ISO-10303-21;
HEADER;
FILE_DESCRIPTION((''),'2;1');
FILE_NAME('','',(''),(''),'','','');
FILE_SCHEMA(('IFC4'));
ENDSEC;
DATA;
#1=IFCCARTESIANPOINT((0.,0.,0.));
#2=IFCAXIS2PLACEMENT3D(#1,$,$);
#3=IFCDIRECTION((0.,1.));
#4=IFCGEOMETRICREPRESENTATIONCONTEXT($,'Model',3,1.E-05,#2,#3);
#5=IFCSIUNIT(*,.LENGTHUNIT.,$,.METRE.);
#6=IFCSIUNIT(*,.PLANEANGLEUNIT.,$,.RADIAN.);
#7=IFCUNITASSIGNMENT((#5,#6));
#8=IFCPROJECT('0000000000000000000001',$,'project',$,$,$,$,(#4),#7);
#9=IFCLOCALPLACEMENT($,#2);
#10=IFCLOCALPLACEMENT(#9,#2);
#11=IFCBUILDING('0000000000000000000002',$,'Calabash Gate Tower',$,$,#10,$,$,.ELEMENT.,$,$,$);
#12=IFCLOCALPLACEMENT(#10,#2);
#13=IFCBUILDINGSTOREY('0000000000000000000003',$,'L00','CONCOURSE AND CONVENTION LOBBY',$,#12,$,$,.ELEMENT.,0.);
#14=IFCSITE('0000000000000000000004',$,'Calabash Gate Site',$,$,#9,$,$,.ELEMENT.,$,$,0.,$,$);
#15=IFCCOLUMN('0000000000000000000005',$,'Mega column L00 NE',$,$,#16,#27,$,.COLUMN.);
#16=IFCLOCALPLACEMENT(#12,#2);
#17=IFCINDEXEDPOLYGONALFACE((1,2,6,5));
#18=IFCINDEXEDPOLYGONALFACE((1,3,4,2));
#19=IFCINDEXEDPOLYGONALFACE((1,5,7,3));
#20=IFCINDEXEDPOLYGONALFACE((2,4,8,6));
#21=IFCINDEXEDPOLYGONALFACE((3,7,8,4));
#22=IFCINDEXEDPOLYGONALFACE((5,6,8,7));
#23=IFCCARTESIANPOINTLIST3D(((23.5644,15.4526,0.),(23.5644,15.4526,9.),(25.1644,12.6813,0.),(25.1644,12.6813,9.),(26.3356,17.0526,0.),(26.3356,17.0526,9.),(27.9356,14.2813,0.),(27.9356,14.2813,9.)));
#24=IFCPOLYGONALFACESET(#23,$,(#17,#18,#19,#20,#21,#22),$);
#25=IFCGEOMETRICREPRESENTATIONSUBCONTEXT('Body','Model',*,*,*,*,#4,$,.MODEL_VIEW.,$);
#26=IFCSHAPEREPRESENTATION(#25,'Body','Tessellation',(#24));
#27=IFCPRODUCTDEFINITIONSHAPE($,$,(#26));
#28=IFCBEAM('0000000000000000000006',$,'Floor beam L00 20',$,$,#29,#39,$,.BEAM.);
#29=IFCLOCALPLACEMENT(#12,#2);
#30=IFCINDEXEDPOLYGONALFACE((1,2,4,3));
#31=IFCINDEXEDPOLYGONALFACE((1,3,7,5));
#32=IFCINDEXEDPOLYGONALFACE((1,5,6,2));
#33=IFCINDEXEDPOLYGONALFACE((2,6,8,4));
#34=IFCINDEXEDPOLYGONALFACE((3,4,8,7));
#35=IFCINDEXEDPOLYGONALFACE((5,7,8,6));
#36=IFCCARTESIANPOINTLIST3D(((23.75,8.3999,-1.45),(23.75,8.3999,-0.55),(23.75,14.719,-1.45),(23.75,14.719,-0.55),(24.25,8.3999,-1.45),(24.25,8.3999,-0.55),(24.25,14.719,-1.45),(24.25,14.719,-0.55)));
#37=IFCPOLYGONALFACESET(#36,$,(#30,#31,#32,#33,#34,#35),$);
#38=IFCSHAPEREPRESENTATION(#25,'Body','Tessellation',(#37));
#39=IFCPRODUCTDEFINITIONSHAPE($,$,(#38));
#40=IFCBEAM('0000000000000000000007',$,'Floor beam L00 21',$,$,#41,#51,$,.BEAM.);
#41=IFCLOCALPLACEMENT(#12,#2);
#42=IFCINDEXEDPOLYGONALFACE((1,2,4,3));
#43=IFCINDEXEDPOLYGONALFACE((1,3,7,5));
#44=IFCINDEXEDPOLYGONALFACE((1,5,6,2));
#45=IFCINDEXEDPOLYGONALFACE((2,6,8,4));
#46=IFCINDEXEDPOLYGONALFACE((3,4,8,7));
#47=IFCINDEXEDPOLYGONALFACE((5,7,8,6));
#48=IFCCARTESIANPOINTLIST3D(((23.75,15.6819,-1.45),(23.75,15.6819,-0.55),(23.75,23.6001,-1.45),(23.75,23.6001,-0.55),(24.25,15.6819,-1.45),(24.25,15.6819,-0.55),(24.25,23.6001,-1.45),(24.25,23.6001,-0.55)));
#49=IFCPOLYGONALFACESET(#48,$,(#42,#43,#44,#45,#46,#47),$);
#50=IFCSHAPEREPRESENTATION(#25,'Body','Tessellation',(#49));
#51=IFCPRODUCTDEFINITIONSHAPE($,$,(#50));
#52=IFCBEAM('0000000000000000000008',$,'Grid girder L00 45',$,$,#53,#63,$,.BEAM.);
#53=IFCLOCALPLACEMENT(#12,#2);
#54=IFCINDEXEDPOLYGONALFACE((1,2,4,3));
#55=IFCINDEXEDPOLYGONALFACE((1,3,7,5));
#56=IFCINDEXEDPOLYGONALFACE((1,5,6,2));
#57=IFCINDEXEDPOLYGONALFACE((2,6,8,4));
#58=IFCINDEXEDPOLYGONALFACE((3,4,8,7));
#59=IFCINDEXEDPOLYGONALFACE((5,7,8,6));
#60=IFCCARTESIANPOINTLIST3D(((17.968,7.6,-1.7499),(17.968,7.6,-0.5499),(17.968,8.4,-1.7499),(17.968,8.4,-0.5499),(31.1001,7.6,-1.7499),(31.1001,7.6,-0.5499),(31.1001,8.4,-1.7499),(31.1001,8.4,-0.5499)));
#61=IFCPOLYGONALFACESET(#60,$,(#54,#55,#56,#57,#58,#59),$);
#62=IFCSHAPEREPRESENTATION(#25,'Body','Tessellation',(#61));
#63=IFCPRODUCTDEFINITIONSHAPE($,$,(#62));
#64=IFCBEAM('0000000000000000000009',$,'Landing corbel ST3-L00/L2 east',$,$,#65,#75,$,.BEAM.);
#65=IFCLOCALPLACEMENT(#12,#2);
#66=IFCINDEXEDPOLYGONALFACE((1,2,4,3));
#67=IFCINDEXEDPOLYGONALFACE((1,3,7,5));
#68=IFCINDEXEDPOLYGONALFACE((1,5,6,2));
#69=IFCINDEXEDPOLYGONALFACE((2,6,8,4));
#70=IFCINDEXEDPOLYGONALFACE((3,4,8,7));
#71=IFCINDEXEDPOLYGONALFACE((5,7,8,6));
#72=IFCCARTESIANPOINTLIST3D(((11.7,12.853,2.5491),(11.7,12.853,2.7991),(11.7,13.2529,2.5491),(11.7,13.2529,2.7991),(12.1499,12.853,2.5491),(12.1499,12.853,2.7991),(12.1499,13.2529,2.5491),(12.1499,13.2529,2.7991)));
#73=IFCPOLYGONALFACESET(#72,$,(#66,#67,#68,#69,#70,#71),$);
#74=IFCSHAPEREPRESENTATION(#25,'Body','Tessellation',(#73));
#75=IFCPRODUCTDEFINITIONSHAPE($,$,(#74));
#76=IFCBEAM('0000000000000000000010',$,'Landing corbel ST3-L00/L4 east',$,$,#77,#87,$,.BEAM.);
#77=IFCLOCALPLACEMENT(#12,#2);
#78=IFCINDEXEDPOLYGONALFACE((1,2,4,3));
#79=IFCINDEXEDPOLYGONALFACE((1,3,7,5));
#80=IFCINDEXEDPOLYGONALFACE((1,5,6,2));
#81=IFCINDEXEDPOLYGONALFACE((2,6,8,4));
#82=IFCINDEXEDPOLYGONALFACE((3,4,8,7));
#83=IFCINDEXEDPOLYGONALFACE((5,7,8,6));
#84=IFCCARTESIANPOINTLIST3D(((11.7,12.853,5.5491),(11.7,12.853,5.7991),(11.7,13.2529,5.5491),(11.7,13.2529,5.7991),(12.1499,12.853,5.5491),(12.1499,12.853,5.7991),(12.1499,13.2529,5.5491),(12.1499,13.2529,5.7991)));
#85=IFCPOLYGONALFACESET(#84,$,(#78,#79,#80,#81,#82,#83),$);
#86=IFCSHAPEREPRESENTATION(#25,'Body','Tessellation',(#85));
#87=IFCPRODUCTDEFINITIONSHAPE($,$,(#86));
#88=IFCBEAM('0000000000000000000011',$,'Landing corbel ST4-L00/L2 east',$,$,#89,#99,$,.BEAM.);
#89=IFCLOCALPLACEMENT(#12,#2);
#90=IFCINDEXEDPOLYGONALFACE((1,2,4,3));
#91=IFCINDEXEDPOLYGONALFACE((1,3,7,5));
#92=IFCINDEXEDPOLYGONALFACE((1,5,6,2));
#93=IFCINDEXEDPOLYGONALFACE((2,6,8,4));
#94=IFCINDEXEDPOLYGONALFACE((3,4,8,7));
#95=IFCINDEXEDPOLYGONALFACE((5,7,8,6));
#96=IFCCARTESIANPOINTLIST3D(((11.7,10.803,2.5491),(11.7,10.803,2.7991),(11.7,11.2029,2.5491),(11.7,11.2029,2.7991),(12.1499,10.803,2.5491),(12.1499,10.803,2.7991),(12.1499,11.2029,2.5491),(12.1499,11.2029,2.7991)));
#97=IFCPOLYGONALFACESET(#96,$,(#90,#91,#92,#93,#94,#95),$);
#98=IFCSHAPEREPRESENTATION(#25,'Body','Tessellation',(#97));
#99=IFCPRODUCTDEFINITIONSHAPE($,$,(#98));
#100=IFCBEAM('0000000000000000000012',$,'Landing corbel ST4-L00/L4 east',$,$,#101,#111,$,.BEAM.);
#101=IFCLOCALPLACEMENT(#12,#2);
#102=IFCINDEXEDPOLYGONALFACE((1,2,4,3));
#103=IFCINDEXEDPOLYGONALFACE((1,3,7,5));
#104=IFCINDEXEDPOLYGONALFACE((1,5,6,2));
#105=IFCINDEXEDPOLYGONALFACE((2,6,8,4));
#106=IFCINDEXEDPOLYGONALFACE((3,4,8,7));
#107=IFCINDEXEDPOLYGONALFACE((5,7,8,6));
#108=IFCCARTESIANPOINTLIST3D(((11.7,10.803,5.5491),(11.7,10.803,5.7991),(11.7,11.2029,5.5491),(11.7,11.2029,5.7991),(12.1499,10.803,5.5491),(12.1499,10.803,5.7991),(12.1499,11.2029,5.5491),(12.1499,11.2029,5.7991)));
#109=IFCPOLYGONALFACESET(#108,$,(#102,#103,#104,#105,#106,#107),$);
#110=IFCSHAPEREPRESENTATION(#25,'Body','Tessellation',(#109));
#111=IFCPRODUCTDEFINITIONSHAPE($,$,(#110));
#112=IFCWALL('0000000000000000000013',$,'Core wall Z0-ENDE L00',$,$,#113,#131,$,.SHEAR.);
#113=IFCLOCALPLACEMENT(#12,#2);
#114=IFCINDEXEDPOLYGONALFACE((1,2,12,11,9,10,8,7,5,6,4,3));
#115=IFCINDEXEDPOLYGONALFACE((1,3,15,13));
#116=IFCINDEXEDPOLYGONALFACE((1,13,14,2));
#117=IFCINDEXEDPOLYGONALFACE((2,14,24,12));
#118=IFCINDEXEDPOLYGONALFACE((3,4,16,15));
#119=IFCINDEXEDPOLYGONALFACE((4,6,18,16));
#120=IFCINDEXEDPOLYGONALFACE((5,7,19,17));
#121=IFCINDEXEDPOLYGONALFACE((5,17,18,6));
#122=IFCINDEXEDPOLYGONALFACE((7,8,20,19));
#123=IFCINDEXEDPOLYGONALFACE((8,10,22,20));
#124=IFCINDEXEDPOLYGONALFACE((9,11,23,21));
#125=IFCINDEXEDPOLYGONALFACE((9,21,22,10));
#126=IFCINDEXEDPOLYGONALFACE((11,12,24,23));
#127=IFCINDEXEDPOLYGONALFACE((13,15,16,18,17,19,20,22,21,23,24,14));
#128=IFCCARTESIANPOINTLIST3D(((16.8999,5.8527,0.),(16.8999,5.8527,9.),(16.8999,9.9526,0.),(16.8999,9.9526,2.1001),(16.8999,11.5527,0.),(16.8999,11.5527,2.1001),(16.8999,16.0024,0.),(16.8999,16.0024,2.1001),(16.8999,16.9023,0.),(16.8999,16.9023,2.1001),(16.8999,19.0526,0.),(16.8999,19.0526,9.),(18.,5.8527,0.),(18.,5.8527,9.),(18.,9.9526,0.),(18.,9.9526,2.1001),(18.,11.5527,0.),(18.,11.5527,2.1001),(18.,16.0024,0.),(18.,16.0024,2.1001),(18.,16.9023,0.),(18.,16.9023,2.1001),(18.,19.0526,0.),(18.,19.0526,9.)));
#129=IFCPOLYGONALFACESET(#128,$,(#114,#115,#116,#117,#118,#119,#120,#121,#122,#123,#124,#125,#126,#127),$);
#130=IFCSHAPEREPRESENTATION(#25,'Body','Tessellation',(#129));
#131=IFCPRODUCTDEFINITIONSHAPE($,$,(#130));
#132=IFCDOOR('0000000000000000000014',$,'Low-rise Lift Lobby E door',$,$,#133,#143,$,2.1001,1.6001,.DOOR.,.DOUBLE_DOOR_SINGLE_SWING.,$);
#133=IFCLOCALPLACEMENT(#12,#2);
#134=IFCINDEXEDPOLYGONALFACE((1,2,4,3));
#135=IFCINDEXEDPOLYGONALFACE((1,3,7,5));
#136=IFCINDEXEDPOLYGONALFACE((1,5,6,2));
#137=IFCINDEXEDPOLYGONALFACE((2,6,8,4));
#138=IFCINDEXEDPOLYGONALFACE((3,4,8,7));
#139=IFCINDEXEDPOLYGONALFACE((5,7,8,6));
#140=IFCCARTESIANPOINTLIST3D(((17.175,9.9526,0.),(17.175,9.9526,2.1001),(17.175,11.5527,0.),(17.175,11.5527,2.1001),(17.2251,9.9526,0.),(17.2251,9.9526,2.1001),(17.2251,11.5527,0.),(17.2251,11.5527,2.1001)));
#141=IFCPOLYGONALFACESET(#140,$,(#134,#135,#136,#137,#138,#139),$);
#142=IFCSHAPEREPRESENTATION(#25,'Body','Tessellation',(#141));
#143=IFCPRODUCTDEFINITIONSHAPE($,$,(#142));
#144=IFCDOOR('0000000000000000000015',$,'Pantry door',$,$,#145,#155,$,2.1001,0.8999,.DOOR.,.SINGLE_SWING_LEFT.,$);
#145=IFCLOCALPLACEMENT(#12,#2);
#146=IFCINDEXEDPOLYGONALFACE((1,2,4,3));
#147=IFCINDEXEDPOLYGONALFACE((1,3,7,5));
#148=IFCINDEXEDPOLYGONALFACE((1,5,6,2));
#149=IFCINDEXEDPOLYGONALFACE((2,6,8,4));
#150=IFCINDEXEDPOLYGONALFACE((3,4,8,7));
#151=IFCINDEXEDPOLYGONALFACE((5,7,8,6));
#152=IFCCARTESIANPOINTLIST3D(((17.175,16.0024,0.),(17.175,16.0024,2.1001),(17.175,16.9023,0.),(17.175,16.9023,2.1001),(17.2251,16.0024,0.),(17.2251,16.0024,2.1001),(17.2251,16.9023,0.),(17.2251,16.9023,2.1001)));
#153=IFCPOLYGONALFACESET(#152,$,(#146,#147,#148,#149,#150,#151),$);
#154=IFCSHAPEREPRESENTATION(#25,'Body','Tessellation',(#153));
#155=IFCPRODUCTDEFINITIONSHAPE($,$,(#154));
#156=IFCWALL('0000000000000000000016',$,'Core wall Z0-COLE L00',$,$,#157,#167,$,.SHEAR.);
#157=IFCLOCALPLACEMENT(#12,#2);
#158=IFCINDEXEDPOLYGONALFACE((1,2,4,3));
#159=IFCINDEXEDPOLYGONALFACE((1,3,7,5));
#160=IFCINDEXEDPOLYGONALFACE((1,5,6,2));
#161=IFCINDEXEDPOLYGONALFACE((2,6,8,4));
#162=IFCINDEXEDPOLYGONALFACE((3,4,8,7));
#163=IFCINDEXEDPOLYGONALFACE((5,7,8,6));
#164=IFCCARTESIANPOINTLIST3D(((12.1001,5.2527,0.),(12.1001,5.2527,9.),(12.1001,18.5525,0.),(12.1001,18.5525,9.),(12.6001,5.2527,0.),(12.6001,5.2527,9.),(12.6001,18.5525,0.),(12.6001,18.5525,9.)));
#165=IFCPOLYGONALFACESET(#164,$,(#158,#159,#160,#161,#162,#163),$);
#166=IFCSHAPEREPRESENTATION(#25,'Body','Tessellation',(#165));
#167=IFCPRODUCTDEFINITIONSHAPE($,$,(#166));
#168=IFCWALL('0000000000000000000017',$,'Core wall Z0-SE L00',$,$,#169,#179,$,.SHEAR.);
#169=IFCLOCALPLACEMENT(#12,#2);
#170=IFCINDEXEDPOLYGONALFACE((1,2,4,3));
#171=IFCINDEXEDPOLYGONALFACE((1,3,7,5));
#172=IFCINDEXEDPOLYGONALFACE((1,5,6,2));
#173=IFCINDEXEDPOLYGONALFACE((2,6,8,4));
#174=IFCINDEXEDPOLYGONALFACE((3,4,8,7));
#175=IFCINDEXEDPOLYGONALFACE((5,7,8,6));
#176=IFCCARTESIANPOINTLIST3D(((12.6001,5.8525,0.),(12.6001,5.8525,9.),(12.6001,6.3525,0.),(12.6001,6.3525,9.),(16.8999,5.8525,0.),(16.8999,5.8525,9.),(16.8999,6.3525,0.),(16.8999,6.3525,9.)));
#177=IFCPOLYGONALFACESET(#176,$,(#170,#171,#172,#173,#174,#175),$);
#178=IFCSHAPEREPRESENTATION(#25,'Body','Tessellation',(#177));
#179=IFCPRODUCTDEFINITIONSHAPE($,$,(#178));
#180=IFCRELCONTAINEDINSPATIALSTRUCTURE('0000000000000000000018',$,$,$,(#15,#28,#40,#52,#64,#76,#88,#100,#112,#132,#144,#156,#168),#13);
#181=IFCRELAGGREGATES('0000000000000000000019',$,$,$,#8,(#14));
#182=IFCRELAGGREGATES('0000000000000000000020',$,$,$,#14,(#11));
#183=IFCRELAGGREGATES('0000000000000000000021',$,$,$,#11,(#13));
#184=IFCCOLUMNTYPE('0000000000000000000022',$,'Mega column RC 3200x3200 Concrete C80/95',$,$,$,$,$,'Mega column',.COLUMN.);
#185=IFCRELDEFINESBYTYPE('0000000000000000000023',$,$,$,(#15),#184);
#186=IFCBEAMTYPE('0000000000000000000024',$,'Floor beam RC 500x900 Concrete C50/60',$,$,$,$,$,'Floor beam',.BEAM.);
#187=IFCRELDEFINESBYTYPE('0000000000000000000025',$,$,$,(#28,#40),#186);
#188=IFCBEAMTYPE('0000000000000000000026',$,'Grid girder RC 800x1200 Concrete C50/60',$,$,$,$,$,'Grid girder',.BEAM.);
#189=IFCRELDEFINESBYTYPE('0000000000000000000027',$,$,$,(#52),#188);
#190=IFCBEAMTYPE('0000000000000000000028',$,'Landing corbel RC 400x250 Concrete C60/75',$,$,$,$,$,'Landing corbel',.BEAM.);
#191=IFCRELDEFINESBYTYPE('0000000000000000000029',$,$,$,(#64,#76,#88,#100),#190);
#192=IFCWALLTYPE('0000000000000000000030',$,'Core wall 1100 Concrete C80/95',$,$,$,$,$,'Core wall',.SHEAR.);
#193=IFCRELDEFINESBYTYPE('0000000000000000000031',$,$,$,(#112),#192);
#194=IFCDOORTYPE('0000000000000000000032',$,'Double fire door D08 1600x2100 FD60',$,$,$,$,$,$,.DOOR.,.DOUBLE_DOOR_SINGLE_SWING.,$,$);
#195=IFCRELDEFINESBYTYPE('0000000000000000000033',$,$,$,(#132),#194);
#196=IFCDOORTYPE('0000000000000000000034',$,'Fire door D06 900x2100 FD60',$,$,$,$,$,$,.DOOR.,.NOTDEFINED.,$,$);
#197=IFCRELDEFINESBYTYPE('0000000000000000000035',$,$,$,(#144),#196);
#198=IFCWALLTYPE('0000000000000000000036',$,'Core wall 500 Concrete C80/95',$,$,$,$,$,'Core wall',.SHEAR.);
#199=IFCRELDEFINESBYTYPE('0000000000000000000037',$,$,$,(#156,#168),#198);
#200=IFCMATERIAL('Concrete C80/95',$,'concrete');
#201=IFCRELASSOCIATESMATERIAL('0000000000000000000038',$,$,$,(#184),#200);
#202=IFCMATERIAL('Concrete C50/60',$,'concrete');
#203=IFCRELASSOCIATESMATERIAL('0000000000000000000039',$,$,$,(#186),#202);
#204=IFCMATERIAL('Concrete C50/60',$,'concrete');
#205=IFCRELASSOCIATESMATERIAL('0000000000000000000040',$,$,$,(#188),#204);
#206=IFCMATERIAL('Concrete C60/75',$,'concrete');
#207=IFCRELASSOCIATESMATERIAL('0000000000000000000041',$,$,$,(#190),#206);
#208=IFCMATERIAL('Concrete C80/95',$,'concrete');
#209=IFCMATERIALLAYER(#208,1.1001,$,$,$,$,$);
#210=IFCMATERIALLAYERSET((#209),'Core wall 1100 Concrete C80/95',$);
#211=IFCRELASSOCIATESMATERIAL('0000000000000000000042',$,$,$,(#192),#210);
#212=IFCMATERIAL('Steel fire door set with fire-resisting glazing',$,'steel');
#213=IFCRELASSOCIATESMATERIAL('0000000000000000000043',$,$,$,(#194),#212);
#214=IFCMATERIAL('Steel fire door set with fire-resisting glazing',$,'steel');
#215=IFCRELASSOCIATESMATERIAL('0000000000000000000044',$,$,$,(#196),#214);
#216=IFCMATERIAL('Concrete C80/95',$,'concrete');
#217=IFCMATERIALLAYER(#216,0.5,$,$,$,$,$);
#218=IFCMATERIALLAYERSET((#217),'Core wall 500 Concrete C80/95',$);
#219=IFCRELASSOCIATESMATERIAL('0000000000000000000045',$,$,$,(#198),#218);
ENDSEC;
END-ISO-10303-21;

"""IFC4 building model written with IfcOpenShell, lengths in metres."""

from ifc_helpers import new_model, si_unit, direction, frame, frame_2d, origin, origin_2d, place, context, subcontext, project, spatial, rectangle, extrude, material, layer, layer_set, material_profile, profile_set, type_object, element, fill, save


model = new_model("IFC4")

# Units and contexts
model_context = context("Model", 3, precision=1e-05, world=origin(), true_north=direction((0.0, 1.0)))
body_context = subcontext(model_context, "Body", "Model", "MODEL_VIEW")
ifc_project = project(units=[si_unit("LENGTHUNIT", "METRE"), si_unit("PLANEANGLEUNIT", "RADIAN")], contexts=[model_context])

# Site, building, storey
site_placement = place(None, origin())
site = spatial("IfcSite", under=ifc_project, at=site_placement, Name="Calabash Gate Site", CompositionType="ELEMENT", RefElevation=0.0)
building_placement = place(site_placement, origin())
building = spatial("IfcBuilding", under=site, at=building_placement, Name="Calabash Gate Tower", CompositionType="ELEMENT")
storey_placement = place(building_placement, origin())
storey = spatial("IfcBuildingStorey", under=building, at=storey_placement, Name="L00", Description="CONCOURSE AND CONVENTION LOBBY", CompositionType="ELEMENT", Elevation=0.0)

# Column
ifc_material_1 = material(Name="Concrete C80/95", Category="concrete")
ifc_material_profile_1 = material_profile(ifc_material_1, rectangle(XDim=3.2, YDim=3.2, at=origin_2d()))
ifc_profile_set_1 = profile_set([ifc_material_profile_1], Name="Concrete C80/95")
column_type = type_object("IfcColumnType", Name="Mega column RC 3200x3200 Concrete C80/95", ElementType="Mega column", PredefinedType="COLUMN", material=ifc_profile_set_1)
column_placement = place(storey_placement, frame((25.75, 14.8669, 0.0), z_axis=(0.0, 0.0, 1.0), x_axis=(-0.866025, -0.5, 0.0)))
element("IfcColumn", 1, at=column_placement, inside=storey, type_object=column_type, Name="Mega column L00 NE", PredefinedType="COLUMN", context=body_context, shape_type="SweptSolid", body=[
    extrude(rectangle(XDim=3.2, YDim=3.2, at=origin_2d()), origin(), (0.0, 0.0, 1.0), 9.0),
])

# Beams
ifc_material_2 = material(Name="Concrete C50/60", Category="concrete")
ifc_material_profile_2 = material_profile(ifc_material_2, rectangle(XDim=0.5, YDim=0.8999, at=origin_2d()))
ifc_profile_set_2 = profile_set([ifc_material_profile_2], Name="Concrete C50/60")
beam_type_1 = type_object("IfcBeamType", Name="Floor beam RC 500x900 Concrete C50/60", ElementType="Floor beam", PredefinedType="BEAM", material=ifc_profile_set_2)
beam_1_placement = place(storey_placement, frame((24.0, 8.3999, -1.0), z_axis=(0.0, 1.0, 0.0), x_axis=(-1.0, 0.0, 0.0)))
element("IfcBeam", 2, at=beam_1_placement, inside=storey, type_object=beam_type_1, Name="Floor beam L00 20", PredefinedType="BEAM", context=body_context, shape_type="SweptSolid", body=[
    extrude(rectangle(XDim=0.5, YDim=0.8999, at=origin_2d()), origin(), (0.0, 0.0, 1.0), 6.3191),
])
beam_2_placement = place(storey_placement, frame((24.0, 15.6819, -1.0), z_axis=(0.0, 1.0, 0.0), x_axis=(-1.0, 0.0, 0.0)))
element("IfcBeam", 3, at=beam_2_placement, inside=storey, type_object=beam_type_1, Name="Floor beam L00 21", PredefinedType="BEAM", context=body_context, shape_type="SweptSolid", body=[
    extrude(rectangle(XDim=0.5, YDim=0.8999, at=origin_2d()), origin(), (0.0, 0.0, 1.0), 7.9182),
])
ifc_material_3 = material(Name="Concrete C50/60", Category="concrete")
ifc_material_profile_3 = material_profile(ifc_material_3, rectangle(XDim=0.8, YDim=1.2, at=origin_2d()))
ifc_profile_set_3 = profile_set([ifc_material_profile_3], Name="Concrete C50/60")
beam_type_2 = type_object("IfcBeamType", Name="Grid girder RC 800x1200 Concrete C50/60", ElementType="Grid girder", PredefinedType="BEAM", material=ifc_profile_set_3)
beam_3_placement = place(storey_placement, frame((17.968, 8.0, -1.1499), z_axis=(1.0, 0.0, 0.0), x_axis=(0.0, 1.0, 0.0)))
element("IfcBeam", 4, at=beam_3_placement, inside=storey, type_object=beam_type_2, Name="Grid girder L00 45", PredefinedType="BEAM", context=body_context, shape_type="SweptSolid", body=[
    extrude(rectangle(XDim=0.8, YDim=1.2, at=origin_2d()), origin(), (0.0, 0.0, 1.0), 13.1321),
])
ifc_material_4 = material(Name="Concrete C60/75", Category="concrete")
ifc_material_profile_4 = material_profile(ifc_material_4, rectangle(XDim=0.3999, YDim=0.25, at=origin_2d()))
ifc_profile_set_4 = profile_set([ifc_material_profile_4], Name="Concrete C60/75")
beam_type_3 = type_object("IfcBeamType", Name="Landing corbel RC 400x250 Concrete C60/75", ElementType="Landing corbel", PredefinedType="BEAM", material=ifc_profile_set_4)
for number, where, z_axis, x_axis, name in (
    (5, (12.1499, 13.053, 2.6741), (-1.0, 0.0, 0.0), (0.0, -1.0, 0.0), "Landing corbel ST3-L00/L2 east"),
    (6, (12.1499, 13.053, 5.6741), (-1.0, 0.0, 0.0), (0.0, -1.0, 0.0), "Landing corbel ST3-L00/L4 east"),
    (7, (12.1499, 11.0029, 2.6741), (-1.0, 0.0, 0.0), (0.0, -1.0, 0.0), "Landing corbel ST4-L00/L2 east"),
    (8, (12.1499, 11.0029, 5.6741), (-1.0, 0.0, 0.0), (0.0, -1.0, 0.0), "Landing corbel ST4-L00/L4 east"),
):
    element("IfcBeam", number, at=place(storey_placement, frame(where, z_axis=z_axis, x_axis=x_axis)), inside=storey, type_object=beam_type_3, Name=name, PredefinedType="BEAM", context=body_context, shape_type="SweptSolid", body=[
        extrude(rectangle(XDim=0.3999, YDim=0.25, at=origin_2d()), origin(), (0.0, 0.0, 1.0), 0.45),
    ])

# Wall, openings, doors
ifc_material_5 = material(Name="Concrete C80/95", Category="concrete")
ifc_layer_1 = layer(ifc_material_5, 1.1001)
ifc_layer_set_1 = layer_set([ifc_layer_1], Name="Core wall 1100 Concrete C80/95")
wall_type_1 = type_object("IfcWallType", Name="Core wall 1100 Concrete C80/95", ElementType="Core wall", PredefinedType="SHEAR", material=ifc_layer_set_1)
wall_1_placement = place(storey_placement, frame((17.45, 5.8525, 0.0), z_axis=(0.0, 0.0, 1.0), x_axis=(0.0, 1.0, 0.0)))
wall_1 = element("IfcWall", 9, at=wall_1_placement, inside=storey, type_object=wall_type_1, Name="Core wall Z0-ENDE L00", PredefinedType="SHEAR", context=body_context, shape_type="SweptSolid", body=[
    extrude(rectangle(XDim=13.2, YDim=1.1001, at=frame_2d((6.6001, 0.0))), origin(), (0.0, 0.0, 1.0), 9.0),
])
opening_1_placement = place(wall_1_placement, frame((4.1001, 0.0, 0.0)))
opening_1 = element("IfcOpeningElement", 10, at=opening_1_placement, cuts=wall_1, PredefinedType="OPENING", context=body_context, shape_type="SweptSolid", body=[
    extrude(rectangle(XDim=1.6001, YDim=2.1001, at=frame_2d((0.8, 1.05))), frame((0.0, 0.5601, 0.0), z_axis=(0.0, -1.0, 0.0), x_axis=(1.0, 0.0, 0.0)), (0.0, 0.0, 1.0), 1.1201),
])
opening_2_placement = place(wall_1_placement, frame((10.1499, 0.0, 0.0)))
opening_2 = element("IfcOpeningElement", 11, at=opening_2_placement, cuts=wall_1, PredefinedType="OPENING", context=body_context, shape_type="SweptSolid", body=[
    extrude(rectangle(XDim=0.8999, YDim=2.1001, at=frame_2d((0.45, 1.05))), frame((0.0, 0.5601, 0.0), z_axis=(0.0, -1.0, 0.0), x_axis=(1.0, 0.0, 0.0)), (0.0, 0.0, 1.0), 1.1201),
])
ifc_material_6 = material(Name="Steel fire door set with fire-resisting glazing", Category="steel")
door_type_1 = type_object("IfcDoorType", Name="Double fire door D08 1600x2100 FD60", OperationType="DOUBLE_DOOR_SINGLE_SWING", PredefinedType="DOOR", material=ifc_material_6)
door_1_placement = place(opening_1_placement, origin())
door_1 = element("IfcDoor", 12, at=door_1_placement, inside=storey, type_object=door_type_1, Name="Low-rise Lift Lobby E door", OperationType="DOUBLE_DOOR_SINGLE_SWING", OverallHeight=2.1001, OverallWidth=1.6001, PredefinedType="DOOR", context=body_context, shape_type="SweptSolid", body=[
    extrude(rectangle(XDim=1.6001, YDim=2.1001, at=frame_2d((0.8, 1.05))), frame((0.0, 0.2749, 0.0), z_axis=(0.0, -1.0, 0.0), x_axis=(1.0, 0.0, 0.0)), (0.0, 0.0, 1.0), 0.05),
])
fill(opening_1, door_1)
ifc_material_7 = material(Name="Steel fire door set with fire-resisting glazing", Category="steel")
door_type_2 = type_object("IfcDoorType", Name="Fire door D06 900x2100 FD60", OperationType="NOTDEFINED", PredefinedType="DOOR", material=ifc_material_7)
door_2_placement = place(opening_2_placement, origin())
door_2 = element("IfcDoor", 13, at=door_2_placement, inside=storey, type_object=door_type_2, Name="Pantry door", OperationType="SINGLE_SWING_LEFT", OverallHeight=2.1001, OverallWidth=0.8999, PredefinedType="DOOR", context=body_context, shape_type="SweptSolid", body=[
    extrude(rectangle(XDim=0.8999, YDim=2.1001, at=frame_2d((0.45, 1.05))), frame((0.0, 0.2749, 0.0), z_axis=(0.0, -1.0, 0.0), x_axis=(1.0, 0.0, 0.0)), (0.0, 0.0, 1.0), 0.05),
])
fill(opening_2, door_2)

# Walls
ifc_material_8 = material(Name="Concrete C80/95", Category="concrete")
ifc_layer_2 = layer(ifc_material_8, 0.5)
ifc_layer_set_2 = layer_set([ifc_layer_2], Name="Core wall 500 Concrete C80/95")
wall_type_2 = type_object("IfcWallType", Name="Core wall 500 Concrete C80/95", ElementType="Core wall", PredefinedType="SHEAR", material=ifc_layer_set_2)
wall_2_placement = place(storey_placement, frame((12.3501, 5.2527, 0.0), z_axis=(0.0, 0.0, 1.0), x_axis=(0.0, 1.0, 0.0)))
element("IfcWall", 14, at=wall_2_placement, inside=storey, type_object=wall_type_2, Name="Core wall Z0-COLE L00", PredefinedType="SHEAR", context=body_context, shape_type="SweptSolid", body=[
    extrude(rectangle(XDim=13.2998, YDim=0.5, at=frame_2d((6.6499, 0.0))), origin(), (0.0, 0.0, 1.0), 9.0),
])
wall_3_placement = place(storey_placement, frame((12.6001, 6.1025, 0.0), z_axis=(0.0, 0.0, 1.0), x_axis=(1.0, 0.0, 0.0)))
element("IfcWall", 15, at=wall_3_placement, inside=storey, type_object=wall_type_2, Name="Core wall Z0-SE L00", PredefinedType="SHEAR", context=body_context, shape_type="SweptSolid", body=[
    extrude(rectangle(XDim=4.2998, YDim=0.5, at=frame_2d((2.1499, 0.0))), origin(), (0.0, 0.0, 1.0), 9.0),
])

save(model, "model.ifc")
